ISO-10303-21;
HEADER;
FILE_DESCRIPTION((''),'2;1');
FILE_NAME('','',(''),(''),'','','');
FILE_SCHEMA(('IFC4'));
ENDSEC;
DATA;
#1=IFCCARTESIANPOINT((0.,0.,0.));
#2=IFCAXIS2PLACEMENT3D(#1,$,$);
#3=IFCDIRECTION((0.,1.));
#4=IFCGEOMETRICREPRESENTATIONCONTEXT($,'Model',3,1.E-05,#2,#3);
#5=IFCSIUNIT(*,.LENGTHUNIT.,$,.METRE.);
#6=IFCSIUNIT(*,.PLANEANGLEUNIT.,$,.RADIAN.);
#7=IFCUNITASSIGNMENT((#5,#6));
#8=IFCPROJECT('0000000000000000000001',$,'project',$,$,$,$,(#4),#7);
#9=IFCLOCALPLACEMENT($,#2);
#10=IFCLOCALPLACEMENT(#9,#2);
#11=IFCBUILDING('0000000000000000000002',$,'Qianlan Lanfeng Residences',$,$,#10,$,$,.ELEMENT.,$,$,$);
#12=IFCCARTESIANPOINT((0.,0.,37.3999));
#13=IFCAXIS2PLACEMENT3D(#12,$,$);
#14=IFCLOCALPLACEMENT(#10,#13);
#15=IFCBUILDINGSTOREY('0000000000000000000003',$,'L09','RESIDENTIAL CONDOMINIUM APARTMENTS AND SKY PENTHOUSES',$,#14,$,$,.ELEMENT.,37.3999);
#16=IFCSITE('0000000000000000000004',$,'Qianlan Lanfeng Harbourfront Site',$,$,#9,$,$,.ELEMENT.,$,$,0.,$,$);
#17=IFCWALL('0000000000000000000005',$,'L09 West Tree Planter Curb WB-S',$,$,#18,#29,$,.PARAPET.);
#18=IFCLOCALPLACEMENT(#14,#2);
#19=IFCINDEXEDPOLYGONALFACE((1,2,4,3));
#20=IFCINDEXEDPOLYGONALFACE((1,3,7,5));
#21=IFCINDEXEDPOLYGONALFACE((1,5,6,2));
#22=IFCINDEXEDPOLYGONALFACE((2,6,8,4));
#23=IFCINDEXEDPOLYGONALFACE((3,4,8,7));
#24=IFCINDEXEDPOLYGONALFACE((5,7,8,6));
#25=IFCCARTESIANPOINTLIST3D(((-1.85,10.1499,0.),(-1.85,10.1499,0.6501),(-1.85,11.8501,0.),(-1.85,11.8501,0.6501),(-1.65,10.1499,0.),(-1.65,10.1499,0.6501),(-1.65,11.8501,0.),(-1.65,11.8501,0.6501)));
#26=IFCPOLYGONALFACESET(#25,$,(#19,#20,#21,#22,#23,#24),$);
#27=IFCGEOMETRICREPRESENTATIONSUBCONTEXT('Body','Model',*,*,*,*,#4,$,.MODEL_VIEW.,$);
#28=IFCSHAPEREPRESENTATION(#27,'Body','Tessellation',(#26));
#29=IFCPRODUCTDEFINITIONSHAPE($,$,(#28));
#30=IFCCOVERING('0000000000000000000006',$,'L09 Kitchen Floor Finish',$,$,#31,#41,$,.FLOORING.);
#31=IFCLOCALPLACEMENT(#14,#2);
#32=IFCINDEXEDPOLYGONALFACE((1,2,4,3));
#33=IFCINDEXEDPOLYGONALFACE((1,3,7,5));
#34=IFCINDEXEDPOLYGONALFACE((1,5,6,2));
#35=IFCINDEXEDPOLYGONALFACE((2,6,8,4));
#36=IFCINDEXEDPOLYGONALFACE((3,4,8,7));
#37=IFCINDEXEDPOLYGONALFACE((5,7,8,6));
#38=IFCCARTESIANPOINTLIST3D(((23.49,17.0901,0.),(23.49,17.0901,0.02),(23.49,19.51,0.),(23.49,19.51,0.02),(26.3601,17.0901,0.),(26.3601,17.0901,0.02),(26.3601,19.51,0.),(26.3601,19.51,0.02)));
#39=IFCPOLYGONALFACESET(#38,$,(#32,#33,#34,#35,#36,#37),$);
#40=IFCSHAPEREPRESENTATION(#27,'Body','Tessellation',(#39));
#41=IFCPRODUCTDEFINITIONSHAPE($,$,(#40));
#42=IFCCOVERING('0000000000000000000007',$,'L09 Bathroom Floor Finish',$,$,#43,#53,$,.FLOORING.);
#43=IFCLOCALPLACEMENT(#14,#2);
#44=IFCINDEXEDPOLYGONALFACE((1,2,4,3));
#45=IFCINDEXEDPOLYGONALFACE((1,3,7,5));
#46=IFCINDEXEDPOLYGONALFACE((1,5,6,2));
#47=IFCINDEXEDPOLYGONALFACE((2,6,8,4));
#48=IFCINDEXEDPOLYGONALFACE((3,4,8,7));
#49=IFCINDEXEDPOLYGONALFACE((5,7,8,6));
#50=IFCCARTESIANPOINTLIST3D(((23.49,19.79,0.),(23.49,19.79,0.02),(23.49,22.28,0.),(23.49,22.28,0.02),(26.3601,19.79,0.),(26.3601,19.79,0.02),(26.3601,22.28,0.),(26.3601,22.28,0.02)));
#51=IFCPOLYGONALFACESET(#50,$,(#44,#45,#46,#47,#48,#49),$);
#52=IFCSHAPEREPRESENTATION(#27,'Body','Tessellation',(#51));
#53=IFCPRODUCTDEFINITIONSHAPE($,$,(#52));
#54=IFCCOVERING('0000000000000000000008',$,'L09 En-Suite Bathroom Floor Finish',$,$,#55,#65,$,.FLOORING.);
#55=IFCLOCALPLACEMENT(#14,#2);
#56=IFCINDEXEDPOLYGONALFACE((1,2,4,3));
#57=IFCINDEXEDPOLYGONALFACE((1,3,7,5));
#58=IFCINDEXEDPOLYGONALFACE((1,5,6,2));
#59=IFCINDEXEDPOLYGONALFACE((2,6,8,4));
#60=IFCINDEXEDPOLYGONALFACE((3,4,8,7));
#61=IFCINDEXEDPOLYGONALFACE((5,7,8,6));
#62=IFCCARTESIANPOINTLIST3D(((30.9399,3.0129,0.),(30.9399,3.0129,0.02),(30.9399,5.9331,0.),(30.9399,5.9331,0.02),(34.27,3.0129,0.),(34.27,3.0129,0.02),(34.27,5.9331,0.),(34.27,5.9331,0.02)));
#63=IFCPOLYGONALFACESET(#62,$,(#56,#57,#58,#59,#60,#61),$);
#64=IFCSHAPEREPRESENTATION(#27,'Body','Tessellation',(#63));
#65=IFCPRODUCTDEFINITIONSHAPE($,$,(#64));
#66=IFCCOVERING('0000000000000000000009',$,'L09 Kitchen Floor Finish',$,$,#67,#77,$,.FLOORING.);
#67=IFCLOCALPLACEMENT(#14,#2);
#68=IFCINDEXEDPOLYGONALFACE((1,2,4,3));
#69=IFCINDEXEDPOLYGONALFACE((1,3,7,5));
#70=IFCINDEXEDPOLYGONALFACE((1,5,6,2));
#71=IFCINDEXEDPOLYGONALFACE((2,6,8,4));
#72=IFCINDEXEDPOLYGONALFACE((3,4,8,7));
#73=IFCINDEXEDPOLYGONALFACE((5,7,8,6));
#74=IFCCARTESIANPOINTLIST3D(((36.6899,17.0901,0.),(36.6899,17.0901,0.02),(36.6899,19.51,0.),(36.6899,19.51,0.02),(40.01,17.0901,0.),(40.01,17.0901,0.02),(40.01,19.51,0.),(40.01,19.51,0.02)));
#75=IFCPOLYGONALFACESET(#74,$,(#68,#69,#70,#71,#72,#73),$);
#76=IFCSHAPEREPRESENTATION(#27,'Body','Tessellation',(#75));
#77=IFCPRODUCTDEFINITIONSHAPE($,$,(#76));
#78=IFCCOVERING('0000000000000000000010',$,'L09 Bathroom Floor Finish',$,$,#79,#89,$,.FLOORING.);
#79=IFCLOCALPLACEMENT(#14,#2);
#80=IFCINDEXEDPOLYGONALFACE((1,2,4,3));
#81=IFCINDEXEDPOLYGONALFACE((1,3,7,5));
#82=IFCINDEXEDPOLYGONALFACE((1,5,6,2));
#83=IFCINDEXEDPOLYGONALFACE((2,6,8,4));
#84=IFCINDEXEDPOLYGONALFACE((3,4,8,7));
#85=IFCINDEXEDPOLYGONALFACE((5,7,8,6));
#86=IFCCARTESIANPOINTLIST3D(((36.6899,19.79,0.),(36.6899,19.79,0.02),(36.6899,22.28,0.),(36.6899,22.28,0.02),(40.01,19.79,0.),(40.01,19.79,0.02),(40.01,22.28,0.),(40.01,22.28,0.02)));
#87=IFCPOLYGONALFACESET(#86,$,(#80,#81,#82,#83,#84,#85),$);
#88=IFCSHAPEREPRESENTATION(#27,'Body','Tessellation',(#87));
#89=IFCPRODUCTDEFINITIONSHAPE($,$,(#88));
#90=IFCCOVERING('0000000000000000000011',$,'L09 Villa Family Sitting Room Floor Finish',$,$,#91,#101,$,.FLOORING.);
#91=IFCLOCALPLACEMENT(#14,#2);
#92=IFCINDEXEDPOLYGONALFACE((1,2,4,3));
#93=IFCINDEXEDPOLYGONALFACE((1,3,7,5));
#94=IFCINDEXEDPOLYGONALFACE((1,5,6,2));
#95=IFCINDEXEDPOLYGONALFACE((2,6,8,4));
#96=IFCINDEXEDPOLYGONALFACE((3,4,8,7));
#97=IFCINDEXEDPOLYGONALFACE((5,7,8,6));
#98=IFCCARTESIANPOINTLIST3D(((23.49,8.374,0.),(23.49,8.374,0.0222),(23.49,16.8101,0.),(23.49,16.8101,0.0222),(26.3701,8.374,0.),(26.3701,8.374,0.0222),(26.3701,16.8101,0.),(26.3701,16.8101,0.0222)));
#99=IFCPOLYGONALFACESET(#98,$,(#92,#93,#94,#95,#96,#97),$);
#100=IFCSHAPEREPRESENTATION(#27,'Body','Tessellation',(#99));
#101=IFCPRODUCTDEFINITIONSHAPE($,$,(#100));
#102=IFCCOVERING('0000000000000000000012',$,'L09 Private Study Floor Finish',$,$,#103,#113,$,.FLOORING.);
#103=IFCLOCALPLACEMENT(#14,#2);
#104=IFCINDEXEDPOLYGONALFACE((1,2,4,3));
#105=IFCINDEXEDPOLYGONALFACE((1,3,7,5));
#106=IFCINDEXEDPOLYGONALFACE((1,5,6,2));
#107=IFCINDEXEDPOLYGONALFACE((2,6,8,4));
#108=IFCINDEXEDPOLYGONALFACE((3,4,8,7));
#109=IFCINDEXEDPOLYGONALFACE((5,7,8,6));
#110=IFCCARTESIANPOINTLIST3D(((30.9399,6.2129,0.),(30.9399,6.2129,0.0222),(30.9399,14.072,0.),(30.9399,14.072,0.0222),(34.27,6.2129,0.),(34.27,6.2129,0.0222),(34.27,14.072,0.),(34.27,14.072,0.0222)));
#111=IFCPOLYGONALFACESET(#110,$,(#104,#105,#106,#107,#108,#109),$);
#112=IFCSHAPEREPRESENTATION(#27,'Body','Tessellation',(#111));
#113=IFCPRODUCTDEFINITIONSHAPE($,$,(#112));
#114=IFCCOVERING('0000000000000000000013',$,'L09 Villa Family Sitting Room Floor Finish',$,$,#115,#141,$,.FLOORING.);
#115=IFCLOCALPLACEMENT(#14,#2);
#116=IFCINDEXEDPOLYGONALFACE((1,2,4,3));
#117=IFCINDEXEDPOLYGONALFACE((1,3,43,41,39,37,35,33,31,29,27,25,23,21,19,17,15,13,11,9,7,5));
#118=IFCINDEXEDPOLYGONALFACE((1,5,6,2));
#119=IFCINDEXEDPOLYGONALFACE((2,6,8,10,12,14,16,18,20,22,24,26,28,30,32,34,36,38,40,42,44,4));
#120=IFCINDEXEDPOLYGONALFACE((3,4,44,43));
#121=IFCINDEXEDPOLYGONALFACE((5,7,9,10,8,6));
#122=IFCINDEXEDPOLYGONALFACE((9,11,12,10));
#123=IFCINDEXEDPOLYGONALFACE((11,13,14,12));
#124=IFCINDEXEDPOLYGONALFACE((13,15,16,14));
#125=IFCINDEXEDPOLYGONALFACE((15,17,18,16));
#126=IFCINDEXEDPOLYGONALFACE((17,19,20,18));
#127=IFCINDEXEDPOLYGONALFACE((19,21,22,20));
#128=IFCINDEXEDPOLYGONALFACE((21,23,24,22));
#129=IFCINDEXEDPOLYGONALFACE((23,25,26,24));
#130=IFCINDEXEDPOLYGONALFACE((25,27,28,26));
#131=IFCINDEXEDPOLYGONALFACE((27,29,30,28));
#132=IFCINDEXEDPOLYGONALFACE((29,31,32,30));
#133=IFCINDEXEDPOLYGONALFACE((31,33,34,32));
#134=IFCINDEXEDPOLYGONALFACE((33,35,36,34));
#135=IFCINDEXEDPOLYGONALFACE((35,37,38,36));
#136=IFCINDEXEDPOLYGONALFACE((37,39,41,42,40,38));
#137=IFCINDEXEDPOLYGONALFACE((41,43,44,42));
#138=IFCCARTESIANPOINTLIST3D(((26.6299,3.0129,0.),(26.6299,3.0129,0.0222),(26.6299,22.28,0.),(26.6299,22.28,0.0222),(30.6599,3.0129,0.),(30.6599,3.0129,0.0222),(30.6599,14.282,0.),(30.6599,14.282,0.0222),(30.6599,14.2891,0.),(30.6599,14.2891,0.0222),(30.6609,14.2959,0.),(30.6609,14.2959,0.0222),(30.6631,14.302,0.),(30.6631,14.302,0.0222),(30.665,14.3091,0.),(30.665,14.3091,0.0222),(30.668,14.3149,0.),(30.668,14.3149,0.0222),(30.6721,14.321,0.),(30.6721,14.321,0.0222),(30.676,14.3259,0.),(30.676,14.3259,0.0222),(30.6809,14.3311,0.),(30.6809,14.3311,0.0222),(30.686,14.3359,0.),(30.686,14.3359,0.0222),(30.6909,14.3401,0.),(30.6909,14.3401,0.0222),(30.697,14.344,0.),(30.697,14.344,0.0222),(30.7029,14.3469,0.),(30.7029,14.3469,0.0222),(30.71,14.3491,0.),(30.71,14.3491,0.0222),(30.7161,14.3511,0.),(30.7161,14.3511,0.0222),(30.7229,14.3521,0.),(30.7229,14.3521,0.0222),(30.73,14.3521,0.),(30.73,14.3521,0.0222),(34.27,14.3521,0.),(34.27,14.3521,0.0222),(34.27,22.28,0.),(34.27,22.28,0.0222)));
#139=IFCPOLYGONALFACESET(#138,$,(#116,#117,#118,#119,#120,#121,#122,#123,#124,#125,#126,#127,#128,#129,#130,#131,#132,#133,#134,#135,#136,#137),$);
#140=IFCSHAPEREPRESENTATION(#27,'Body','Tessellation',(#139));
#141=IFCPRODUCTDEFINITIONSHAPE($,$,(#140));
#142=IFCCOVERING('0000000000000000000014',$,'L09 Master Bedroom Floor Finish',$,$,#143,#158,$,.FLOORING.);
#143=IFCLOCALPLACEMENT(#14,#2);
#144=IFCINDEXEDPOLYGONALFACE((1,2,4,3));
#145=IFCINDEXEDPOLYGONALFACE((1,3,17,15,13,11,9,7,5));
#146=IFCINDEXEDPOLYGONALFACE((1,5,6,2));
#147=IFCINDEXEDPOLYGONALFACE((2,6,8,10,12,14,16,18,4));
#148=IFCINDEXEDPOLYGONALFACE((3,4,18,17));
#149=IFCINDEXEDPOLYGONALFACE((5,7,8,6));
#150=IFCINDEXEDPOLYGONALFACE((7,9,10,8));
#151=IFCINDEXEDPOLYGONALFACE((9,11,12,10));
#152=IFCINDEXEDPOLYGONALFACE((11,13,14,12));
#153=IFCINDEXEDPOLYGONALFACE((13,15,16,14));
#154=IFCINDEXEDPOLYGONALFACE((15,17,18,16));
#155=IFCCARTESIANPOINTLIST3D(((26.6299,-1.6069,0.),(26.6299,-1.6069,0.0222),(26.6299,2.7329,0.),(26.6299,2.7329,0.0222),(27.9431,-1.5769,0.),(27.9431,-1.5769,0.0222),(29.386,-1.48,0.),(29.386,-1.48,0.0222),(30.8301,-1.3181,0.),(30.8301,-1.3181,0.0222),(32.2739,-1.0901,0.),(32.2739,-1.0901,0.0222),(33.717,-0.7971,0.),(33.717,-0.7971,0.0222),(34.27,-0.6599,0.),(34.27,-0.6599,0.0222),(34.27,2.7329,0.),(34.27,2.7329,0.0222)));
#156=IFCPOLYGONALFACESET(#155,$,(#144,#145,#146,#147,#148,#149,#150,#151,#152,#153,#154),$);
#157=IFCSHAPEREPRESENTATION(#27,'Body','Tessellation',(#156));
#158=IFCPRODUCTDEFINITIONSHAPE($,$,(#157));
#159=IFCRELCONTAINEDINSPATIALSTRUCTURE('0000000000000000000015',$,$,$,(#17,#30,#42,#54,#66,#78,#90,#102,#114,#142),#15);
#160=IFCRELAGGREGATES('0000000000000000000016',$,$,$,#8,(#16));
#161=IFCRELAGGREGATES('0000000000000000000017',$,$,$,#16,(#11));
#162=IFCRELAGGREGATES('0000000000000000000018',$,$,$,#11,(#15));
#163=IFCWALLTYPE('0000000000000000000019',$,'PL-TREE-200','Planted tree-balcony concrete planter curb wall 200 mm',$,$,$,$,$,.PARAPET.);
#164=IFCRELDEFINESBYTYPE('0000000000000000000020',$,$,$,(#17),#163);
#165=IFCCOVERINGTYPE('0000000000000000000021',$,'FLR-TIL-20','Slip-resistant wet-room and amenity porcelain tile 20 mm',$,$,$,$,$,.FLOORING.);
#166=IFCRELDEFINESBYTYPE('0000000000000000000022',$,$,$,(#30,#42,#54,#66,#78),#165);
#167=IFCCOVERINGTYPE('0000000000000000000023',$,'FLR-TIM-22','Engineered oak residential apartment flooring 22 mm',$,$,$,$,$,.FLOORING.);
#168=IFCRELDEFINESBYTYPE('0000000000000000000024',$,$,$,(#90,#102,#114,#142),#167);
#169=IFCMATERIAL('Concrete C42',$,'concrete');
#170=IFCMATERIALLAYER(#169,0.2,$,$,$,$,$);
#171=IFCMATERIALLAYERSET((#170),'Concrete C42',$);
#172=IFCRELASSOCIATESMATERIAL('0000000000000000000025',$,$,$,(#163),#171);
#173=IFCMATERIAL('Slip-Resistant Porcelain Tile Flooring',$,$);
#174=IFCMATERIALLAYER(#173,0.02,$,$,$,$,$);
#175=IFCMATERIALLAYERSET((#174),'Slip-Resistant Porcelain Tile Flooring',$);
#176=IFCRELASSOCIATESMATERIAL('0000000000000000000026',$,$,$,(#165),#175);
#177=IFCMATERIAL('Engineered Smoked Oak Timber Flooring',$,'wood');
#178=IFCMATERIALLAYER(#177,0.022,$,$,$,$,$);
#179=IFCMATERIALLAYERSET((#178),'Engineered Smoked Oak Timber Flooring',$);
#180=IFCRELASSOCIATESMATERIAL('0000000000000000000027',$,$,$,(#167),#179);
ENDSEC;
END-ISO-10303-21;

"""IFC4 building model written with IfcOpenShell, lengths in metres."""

from ifc_helpers import new_model, si_unit, direction, frame, frame_2d, origin, place, context, subcontext, project, spatial, polyline, rectangle, outline, extrude, material, layer, layer_set, type_object, element, save


model = new_model("IFC4")

# Units and contexts
model_context = context("Model", 3, precision=1e-05, world=origin(), true_north=direction((0.0, 1.0)))
body_context = subcontext(model_context, "Body", "Model", "MODEL_VIEW")
ifc_project = project(units=[si_unit("LENGTHUNIT", "METRE"), si_unit("PLANEANGLEUNIT", "RADIAN")], contexts=[model_context])

# Site, building, storey
site_placement = place(None, origin())
site = spatial("IfcSite", under=ifc_project, at=site_placement, Name="Qianlan Lanfeng Harbourfront Site", CompositionType="ELEMENT", RefElevation=0.0)
building_placement = place(site_placement, origin())
building = spatial("IfcBuilding", under=site, at=building_placement, Name="Qianlan Lanfeng Residences", CompositionType="ELEMENT")
storey_placement = place(building_placement, frame((0.0, 0.0, 37.3999)))
storey = spatial("IfcBuildingStorey", under=building, at=storey_placement, Name="L09", Description="RESIDENTIAL CONDOMINIUM APARTMENTS AND SKY PENTHOUSES", CompositionType="ELEMENT", Elevation=37.3999)

# Wall
ifc_material_1 = material(Name="Concrete C42", Category="concrete")
ifc_layer_1 = layer(ifc_material_1, 0.2)
ifc_layer_set_1 = layer_set([ifc_layer_1], Name="Concrete C42")
wall_type = type_object("IfcWallType", Name="PL-TREE-200", Description="Planted tree-balcony concrete planter curb wall 200 mm", PredefinedType="PARAPET", material=ifc_layer_set_1)
wall_placement = place(storey_placement, frame((-1.75, 10.1499, 0.0), z_axis=(0.0, 0.0, 1.0), x_axis=(0.0, 1.0, 0.0)))
element("IfcWall", 1, at=wall_placement, inside=storey, type_object=wall_type, Name="L09 West Tree Planter Curb WB-S", PredefinedType="PARAPET", context=body_context, shape_type="SweptSolid", body=[
    extrude(rectangle(XDim=1.7002, YDim=0.2, at=frame_2d((0.8501, 0.0))), origin(), (0.0, 0.0, 1.0), 0.6501),
])

# Coverings
ifc_material_2 = material(Name="Slip-Resistant Porcelain Tile Flooring")
ifc_layer_2 = layer(ifc_material_2, 0.02)
ifc_layer_set_2 = layer_set([ifc_layer_2], Name="Slip-Resistant Porcelain Tile Flooring")
covering_type_1 = type_object("IfcCoveringType", Name="FLR-TIL-20", Description="Slip-resistant wet-room and amenity porcelain tile 20 mm", PredefinedType="FLOORING", material=ifc_layer_set_2)
covering_1_placement = place(storey_placement, origin())
element("IfcCovering", 2, at=covering_1_placement, inside=storey, type_object=covering_type_1, Name="L09 Kitchen Floor Finish", PredefinedType="FLOORING", context=body_context, shape_type="SweptSolid", body=[
    extrude(outline(polyline([(23.49, 17.0901), (26.3601, 17.0901), (26.3601, 19.51), (23.49, 19.51), (23.49, 17.0901)])), origin(), (0.0, 0.0, 1.0), 0.02),
])
covering_2_placement = place(storey_placement, origin())
element("IfcCovering", 3, at=covering_2_placement, inside=storey, type_object=covering_type_1, Name="L09 Bathroom Floor Finish", PredefinedType="FLOORING", context=body_context, shape_type="SweptSolid", body=[
    extrude(outline(polyline([(23.49, 19.79), (26.3601, 19.79), (26.3601, 22.28), (23.49, 22.28), (23.49, 19.79)])), origin(), (0.0, 0.0, 1.0), 0.02),
])
covering_3_placement = place(storey_placement, origin())
element("IfcCovering", 4, at=covering_3_placement, inside=storey, type_object=covering_type_1, Name="L09 En-Suite Bathroom Floor Finish", PredefinedType="FLOORING", context=body_context, shape_type="SweptSolid", body=[
    extrude(outline(polyline([(30.9399, 3.0129), (34.27, 3.0129), (34.27, 5.9331), (30.9399, 5.9331), (30.9399, 3.0129)])), origin(), (0.0, 0.0, 1.0), 0.02),
])
covering_4_placement = place(storey_placement, origin())
element("IfcCovering", 5, at=covering_4_placement, inside=storey, type_object=covering_type_1, Name="L09 Kitchen Floor Finish", PredefinedType="FLOORING", context=body_context, shape_type="SweptSolid", body=[
    extrude(outline(polyline([(36.6899, 17.0901), (40.01, 17.0901), (40.01, 19.51), (36.6899, 19.51), (36.6899, 17.0901)])), origin(), (0.0, 0.0, 1.0), 0.02),
])
covering_5_placement = place(storey_placement, origin())
element("IfcCovering", 6, at=covering_5_placement, inside=storey, type_object=covering_type_1, Name="L09 Bathroom Floor Finish", PredefinedType="FLOORING", context=body_context, shape_type="SweptSolid", body=[
    extrude(outline(polyline([(36.6899, 19.79), (40.01, 19.79), (40.01, 22.28), (36.6899, 22.28), (36.6899, 19.79)])), origin(), (0.0, 0.0, 1.0), 0.02),
])
ifc_material_3 = material(Name="Engineered Smoked Oak Timber Flooring", Category="wood")
ifc_layer_3 = layer(ifc_material_3, 0.022)
ifc_layer_set_3 = layer_set([ifc_layer_3], Name="Engineered Smoked Oak Timber Flooring")
covering_type_2 = type_object("IfcCoveringType", Name="FLR-TIM-22", Description="Engineered oak residential apartment flooring 22 mm", PredefinedType="FLOORING", material=ifc_layer_set_3)
covering_6_placement = place(storey_placement, origin())
element("IfcCovering", 7, at=covering_6_placement, inside=storey, type_object=covering_type_2, Name="L09 Villa Family Sitting Room Floor Finish", PredefinedType="FLOORING", context=body_context, shape_type="SweptSolid", body=[
    extrude(outline(polyline([(23.49, 16.8101), (23.49, 8.374), (26.3701, 8.374), (26.3701, 16.8101), (23.49, 16.8101)])), origin(), (0.0, 0.0, 1.0), 0.0222),
])
covering_7_placement = place(storey_placement, origin())
element("IfcCovering", 8, at=covering_7_placement, inside=storey, type_object=covering_type_2, Name="L09 Private Study Floor Finish", PredefinedType="FLOORING", context=body_context, shape_type="SweptSolid", body=[
    extrude(outline(polyline([(30.9399, 6.2129), (34.27, 6.2129), (34.27, 14.072), (30.9399, 14.072), (30.9399, 6.2129)])), origin(), (0.0, 0.0, 1.0), 0.0222),
])
covering_8_placement = place(storey_placement, origin())
element("IfcCovering", 9, at=covering_8_placement, inside=storey, type_object=covering_type_2, Name="L09 Villa Family Sitting Room Floor Finish", PredefinedType="FLOORING", context=body_context, shape_type="SweptSolid", body=[
    extrude(outline(polyline([(26.6299, 3.0129), (30.6599, 3.0129), (30.6599, 14.282), (30.6599, 14.2891), (30.6609, 14.2959), (30.6631, 14.302), (30.665, 14.3091), (30.668, 14.3149), (30.6721, 14.321), (30.676, 14.3259), (30.6809, 14.3311), (30.686, 14.3359), (30.6909, 14.3401), (30.697, 14.344), (30.7029, 14.3469), (30.71, 14.3491), (30.7161, 14.3511), (30.7229, 14.3521), (30.73, 14.3521), (34.27, 14.3521), (34.27, 22.28), (26.6299, 22.28), (26.6299, 3.0129)])), origin(), (0.0, 0.0, 1.0), 0.0222),
])
covering_9_placement = place(storey_placement, origin())
element("IfcCovering", 10, at=covering_9_placement, inside=storey, type_object=covering_type_2, Name="L09 Master Bedroom Floor Finish", PredefinedType="FLOORING", context=body_context, shape_type="SweptSolid", body=[
    extrude(outline(polyline([(26.6299, 2.7329), (26.6299, -1.6069), (27.9431, -1.5769), (29.386, -1.48), (30.8301, -1.3181), (32.2739, -1.0901), (33.717, -0.7971), (34.27, -0.6599), (34.27, 2.7329), (26.6299, 2.7329)])), origin(), (0.0, 0.0, 1.0), 0.0222),
])

save(model, "model.ifc")
